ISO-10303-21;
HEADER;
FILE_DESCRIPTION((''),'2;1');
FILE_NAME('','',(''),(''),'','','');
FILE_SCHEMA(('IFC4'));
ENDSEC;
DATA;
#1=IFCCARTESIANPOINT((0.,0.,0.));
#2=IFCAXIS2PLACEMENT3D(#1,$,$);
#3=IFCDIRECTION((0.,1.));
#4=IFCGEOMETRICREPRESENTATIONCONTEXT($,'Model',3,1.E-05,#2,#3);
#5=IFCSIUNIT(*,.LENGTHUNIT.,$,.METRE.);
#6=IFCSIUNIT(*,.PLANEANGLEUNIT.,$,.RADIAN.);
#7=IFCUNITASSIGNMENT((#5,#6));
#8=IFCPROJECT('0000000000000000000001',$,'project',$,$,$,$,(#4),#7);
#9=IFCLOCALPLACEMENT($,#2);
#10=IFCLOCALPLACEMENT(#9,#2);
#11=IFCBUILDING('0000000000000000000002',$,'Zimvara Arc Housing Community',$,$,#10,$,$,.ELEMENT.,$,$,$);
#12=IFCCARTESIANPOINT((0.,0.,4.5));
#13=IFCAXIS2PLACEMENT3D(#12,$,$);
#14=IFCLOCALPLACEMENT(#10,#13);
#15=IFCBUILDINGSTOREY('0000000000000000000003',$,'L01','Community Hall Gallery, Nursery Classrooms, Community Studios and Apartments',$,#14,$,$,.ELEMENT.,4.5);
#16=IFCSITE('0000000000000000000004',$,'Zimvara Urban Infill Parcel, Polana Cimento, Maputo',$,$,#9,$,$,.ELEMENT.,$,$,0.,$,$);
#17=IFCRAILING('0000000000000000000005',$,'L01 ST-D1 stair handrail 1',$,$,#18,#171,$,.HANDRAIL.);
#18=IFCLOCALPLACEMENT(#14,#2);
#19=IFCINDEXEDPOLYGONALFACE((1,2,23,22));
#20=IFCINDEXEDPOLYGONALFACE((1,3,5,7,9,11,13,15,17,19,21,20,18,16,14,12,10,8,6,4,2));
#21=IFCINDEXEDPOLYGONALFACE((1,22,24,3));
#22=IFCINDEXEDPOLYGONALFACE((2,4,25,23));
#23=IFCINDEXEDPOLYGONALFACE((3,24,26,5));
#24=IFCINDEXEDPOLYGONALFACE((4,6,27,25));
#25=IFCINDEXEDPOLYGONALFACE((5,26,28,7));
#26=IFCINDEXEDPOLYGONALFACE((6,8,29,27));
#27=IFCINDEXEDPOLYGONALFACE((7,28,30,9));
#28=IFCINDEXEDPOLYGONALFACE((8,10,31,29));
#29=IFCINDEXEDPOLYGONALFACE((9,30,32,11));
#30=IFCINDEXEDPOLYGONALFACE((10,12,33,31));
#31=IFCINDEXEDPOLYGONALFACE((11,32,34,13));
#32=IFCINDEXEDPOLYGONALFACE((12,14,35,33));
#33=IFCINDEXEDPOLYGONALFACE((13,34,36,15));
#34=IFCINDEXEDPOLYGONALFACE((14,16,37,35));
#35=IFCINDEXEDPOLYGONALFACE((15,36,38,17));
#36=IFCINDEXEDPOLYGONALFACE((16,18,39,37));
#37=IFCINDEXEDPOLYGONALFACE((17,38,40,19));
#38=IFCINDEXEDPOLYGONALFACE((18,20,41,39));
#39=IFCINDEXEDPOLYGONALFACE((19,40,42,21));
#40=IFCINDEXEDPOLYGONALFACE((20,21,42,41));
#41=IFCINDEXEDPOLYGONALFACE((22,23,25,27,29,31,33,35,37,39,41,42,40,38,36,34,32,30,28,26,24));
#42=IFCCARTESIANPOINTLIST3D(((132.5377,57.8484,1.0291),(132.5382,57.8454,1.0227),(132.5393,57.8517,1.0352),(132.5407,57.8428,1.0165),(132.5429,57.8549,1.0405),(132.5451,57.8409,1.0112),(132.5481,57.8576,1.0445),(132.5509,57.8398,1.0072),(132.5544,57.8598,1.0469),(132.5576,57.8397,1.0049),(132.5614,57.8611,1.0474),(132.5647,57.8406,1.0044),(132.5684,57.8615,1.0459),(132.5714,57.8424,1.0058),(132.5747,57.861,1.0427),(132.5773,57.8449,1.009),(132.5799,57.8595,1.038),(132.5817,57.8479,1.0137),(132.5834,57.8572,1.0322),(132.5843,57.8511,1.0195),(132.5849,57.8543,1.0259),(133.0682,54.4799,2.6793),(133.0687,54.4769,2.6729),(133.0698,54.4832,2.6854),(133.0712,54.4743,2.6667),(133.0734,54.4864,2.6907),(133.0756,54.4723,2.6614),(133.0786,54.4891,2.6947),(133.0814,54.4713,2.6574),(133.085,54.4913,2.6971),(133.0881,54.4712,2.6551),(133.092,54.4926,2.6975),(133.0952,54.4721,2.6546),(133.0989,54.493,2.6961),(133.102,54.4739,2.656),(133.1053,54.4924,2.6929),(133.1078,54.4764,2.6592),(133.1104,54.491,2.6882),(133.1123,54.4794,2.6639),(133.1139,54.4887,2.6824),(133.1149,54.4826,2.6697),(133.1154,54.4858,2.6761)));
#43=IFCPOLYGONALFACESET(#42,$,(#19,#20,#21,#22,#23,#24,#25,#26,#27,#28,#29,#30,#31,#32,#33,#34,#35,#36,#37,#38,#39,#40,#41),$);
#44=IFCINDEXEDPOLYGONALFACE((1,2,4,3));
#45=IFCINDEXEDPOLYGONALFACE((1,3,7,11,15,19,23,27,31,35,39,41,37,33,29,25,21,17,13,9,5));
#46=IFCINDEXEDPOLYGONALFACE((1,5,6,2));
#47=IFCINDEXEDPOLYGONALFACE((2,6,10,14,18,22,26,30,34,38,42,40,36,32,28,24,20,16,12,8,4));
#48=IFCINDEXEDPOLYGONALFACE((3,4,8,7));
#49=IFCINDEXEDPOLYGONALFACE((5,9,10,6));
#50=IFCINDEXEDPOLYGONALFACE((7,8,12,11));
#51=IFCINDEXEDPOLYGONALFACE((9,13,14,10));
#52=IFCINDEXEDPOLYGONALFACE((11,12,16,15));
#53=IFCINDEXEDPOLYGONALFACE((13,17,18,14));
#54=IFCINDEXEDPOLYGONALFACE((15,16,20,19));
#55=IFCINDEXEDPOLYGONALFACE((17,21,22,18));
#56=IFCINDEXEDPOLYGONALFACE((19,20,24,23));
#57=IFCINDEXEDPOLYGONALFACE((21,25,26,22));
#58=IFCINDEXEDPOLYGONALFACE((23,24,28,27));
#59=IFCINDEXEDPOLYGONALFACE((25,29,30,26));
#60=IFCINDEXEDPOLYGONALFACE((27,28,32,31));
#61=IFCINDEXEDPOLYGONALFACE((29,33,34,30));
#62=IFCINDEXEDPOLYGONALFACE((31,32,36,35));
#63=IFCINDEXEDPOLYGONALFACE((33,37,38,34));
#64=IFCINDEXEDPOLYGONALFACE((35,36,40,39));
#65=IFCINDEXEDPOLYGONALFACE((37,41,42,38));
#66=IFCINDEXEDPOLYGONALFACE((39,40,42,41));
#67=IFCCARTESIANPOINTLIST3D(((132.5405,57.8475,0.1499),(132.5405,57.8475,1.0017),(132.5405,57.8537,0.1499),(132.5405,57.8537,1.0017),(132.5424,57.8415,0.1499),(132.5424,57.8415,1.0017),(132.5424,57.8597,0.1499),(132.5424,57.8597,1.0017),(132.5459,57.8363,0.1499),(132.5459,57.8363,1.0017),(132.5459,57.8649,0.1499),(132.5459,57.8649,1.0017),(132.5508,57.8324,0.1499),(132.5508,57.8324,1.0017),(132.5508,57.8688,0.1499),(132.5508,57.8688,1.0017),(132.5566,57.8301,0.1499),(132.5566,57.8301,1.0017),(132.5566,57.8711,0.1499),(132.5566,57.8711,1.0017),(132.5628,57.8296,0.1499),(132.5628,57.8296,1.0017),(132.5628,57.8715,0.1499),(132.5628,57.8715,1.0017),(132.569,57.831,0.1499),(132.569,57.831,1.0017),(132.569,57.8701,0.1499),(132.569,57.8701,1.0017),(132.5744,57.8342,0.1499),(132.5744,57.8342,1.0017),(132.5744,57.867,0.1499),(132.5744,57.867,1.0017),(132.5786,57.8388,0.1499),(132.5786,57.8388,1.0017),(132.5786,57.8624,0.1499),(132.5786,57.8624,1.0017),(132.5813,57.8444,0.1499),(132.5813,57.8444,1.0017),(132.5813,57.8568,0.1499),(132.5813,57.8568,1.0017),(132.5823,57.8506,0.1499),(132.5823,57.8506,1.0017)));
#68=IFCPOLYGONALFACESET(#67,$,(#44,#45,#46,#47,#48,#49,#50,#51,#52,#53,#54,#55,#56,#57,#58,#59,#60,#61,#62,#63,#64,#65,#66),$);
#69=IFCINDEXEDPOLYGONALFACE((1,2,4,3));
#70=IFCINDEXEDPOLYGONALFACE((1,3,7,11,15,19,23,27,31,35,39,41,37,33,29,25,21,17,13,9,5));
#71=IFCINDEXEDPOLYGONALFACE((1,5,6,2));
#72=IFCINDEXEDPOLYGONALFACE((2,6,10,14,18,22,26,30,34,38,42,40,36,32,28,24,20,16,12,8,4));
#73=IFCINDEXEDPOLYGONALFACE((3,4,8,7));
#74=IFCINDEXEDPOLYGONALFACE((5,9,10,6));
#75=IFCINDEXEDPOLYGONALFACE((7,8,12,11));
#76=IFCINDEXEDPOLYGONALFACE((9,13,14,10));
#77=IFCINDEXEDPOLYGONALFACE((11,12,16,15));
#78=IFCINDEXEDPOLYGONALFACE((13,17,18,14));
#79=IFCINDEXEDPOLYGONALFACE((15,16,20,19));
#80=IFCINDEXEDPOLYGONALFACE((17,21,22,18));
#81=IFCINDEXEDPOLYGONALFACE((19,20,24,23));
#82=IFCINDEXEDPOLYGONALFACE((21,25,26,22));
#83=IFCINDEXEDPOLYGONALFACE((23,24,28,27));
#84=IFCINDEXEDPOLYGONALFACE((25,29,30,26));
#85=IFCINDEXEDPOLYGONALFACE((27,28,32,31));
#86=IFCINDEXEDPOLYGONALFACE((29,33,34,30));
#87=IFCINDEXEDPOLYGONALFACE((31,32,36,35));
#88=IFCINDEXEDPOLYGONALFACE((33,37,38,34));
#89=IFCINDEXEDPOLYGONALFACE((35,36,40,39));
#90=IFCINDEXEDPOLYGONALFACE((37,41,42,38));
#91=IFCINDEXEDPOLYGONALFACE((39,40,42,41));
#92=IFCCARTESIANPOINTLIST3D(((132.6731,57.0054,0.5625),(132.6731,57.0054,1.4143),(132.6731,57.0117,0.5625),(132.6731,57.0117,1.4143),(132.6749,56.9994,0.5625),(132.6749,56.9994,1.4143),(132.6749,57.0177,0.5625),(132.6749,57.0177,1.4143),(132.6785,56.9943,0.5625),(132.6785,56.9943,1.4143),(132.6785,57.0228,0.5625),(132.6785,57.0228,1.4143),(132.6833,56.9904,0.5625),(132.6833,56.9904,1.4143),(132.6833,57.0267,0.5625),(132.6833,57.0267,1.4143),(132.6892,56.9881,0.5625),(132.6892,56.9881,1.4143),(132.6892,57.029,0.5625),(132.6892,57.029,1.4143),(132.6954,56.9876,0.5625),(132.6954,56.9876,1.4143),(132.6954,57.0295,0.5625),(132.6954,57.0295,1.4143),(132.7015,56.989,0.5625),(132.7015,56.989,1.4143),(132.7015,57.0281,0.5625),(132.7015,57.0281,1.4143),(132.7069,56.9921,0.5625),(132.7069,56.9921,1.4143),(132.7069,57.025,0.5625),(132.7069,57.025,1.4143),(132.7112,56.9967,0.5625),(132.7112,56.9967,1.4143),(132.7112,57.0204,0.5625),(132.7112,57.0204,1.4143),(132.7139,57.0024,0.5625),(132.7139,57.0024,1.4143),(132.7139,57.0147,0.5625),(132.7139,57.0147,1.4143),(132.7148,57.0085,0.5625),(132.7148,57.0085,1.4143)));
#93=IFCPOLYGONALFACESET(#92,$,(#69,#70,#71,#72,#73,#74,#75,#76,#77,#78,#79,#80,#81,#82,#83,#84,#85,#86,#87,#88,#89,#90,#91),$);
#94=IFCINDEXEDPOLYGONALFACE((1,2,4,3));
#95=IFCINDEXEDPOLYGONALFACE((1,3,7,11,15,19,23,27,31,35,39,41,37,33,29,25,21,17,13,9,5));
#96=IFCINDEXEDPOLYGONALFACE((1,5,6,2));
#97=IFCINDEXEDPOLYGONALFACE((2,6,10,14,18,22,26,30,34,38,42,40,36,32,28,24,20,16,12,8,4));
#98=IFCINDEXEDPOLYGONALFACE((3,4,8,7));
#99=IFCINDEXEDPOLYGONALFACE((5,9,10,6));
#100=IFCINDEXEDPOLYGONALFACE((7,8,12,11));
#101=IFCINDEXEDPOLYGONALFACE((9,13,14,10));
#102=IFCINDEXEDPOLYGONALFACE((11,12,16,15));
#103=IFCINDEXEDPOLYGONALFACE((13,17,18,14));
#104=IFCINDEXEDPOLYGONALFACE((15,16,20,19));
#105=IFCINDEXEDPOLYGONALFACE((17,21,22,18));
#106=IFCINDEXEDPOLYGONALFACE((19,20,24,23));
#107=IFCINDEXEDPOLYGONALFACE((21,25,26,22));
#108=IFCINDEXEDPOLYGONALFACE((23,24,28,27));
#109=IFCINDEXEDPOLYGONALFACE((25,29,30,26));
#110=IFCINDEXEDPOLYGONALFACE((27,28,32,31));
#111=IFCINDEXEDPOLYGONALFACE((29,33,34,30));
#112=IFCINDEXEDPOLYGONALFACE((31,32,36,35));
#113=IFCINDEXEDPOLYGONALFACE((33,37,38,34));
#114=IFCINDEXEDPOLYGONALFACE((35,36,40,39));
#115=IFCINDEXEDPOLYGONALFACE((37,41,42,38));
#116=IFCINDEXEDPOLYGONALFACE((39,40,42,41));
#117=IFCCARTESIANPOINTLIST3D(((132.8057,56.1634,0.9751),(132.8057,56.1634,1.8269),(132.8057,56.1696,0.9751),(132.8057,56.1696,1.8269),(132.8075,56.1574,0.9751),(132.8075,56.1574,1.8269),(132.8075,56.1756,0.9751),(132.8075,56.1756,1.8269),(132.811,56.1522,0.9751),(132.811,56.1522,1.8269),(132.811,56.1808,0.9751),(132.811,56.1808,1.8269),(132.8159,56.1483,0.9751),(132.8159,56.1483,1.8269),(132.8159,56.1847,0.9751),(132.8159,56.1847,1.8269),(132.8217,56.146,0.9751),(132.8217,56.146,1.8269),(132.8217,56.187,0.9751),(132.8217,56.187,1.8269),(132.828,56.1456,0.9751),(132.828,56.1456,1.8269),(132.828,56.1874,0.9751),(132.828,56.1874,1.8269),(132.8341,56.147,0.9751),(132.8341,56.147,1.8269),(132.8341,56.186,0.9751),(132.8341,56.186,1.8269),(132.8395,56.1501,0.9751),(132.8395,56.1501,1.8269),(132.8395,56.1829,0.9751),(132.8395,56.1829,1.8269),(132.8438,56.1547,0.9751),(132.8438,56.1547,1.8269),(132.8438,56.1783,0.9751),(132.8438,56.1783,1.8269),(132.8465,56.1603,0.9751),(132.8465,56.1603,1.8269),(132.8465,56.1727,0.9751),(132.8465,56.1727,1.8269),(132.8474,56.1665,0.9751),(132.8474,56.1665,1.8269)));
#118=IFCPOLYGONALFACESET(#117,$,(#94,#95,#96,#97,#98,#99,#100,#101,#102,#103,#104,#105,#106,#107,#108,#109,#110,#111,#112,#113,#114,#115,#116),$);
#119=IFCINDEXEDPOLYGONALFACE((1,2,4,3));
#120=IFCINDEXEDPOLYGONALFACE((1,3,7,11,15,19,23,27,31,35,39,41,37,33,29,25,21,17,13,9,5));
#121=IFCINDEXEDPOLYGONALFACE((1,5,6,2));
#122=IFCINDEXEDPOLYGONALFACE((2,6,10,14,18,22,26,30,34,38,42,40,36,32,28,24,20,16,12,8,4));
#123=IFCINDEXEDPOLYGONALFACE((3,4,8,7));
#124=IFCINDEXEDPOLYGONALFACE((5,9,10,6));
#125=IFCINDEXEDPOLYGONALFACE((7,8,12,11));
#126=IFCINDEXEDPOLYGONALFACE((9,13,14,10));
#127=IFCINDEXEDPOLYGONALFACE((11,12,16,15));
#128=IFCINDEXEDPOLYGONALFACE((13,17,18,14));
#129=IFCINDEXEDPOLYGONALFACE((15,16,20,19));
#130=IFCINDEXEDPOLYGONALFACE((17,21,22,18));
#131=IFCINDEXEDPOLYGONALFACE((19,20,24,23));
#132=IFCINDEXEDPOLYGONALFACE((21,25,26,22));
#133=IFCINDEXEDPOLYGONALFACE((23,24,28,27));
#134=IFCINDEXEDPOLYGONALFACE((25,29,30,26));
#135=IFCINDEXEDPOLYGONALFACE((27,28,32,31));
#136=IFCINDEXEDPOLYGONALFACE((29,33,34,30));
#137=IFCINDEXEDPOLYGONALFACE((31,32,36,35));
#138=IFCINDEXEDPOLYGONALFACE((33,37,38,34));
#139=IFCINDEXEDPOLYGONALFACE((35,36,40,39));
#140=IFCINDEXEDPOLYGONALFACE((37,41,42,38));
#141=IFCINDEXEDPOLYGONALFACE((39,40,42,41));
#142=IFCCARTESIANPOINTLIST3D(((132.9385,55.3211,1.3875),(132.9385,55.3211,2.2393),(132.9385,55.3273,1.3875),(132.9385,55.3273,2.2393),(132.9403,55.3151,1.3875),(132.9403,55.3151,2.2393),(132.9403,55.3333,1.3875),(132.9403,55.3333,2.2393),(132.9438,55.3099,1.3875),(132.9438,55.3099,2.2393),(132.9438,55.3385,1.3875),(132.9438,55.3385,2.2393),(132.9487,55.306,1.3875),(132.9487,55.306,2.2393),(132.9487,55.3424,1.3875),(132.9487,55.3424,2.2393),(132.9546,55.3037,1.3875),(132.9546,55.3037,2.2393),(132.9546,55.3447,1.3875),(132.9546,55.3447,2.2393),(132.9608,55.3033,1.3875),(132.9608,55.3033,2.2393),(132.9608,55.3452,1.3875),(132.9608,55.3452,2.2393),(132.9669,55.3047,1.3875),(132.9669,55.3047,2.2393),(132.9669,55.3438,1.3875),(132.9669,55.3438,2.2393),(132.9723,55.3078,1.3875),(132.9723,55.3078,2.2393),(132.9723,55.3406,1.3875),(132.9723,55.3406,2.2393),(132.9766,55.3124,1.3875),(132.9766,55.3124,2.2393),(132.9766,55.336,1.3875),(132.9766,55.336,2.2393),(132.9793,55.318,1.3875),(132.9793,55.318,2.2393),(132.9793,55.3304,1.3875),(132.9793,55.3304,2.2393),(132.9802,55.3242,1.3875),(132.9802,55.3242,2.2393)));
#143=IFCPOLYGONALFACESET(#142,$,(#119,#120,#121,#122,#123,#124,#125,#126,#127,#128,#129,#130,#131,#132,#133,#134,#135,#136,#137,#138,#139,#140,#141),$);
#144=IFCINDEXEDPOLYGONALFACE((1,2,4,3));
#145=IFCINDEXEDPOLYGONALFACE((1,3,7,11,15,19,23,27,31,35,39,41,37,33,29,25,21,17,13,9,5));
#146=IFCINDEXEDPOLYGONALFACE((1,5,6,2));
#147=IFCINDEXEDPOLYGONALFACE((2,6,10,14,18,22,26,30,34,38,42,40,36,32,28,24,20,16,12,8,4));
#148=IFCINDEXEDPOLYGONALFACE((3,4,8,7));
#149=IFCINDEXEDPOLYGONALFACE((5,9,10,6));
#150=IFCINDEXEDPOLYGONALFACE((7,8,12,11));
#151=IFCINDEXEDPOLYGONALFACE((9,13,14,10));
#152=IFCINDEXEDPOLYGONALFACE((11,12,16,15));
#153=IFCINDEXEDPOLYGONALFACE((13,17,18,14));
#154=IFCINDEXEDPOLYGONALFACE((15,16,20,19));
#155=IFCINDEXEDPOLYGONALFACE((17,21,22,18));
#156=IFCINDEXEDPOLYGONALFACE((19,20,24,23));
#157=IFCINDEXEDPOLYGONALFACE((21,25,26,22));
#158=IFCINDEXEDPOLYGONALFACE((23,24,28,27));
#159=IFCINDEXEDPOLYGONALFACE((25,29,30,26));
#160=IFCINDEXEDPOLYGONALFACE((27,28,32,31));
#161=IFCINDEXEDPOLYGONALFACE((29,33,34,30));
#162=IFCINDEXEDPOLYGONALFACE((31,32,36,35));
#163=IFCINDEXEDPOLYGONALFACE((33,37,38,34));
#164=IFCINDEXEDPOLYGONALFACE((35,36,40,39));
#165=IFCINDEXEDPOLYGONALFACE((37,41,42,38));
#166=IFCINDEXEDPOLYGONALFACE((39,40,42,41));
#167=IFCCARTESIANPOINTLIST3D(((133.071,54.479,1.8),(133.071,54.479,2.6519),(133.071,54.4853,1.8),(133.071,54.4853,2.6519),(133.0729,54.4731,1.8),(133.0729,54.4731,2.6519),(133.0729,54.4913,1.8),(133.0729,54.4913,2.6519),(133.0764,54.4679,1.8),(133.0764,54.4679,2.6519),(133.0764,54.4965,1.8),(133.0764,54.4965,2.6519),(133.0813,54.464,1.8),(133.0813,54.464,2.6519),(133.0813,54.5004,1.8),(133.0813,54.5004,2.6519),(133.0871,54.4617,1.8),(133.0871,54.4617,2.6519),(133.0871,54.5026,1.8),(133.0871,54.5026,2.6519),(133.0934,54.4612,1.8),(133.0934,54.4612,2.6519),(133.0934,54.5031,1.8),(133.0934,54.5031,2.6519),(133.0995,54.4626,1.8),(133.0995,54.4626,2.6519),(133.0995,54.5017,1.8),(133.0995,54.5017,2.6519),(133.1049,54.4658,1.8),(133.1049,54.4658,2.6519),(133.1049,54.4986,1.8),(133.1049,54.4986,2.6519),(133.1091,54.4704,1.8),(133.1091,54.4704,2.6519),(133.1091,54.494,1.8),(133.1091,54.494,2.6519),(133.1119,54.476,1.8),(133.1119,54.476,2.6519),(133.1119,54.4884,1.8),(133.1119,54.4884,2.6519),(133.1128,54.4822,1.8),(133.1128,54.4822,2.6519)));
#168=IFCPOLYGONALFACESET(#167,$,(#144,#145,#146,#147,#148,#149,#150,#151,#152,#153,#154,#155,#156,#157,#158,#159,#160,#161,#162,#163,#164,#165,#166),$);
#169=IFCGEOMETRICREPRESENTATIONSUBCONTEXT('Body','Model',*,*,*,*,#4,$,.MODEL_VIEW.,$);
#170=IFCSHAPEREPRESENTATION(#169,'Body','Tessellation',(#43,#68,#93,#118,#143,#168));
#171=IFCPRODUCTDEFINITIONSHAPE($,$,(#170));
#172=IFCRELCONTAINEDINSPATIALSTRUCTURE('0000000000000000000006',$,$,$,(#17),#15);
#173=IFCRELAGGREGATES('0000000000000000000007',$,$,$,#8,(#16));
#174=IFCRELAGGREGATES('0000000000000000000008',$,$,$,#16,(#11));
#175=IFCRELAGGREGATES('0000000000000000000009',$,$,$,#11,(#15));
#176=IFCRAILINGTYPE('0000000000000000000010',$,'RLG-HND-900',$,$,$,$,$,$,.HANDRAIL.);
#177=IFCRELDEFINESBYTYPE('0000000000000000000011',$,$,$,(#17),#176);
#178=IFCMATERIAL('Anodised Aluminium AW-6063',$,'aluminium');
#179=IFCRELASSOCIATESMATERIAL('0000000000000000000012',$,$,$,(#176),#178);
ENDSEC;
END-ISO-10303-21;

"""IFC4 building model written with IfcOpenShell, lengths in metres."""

from ifc_helpers import new_model, si_unit, direction, frame, origin, origin_2d, place, context, subcontext, project, spatial, circle, extrude, material, type_object, element, save


model = new_model("IFC4")

# Units and contexts
model_context = context("Model", 3, precision=1e-05, world=origin(), true_north=direction((0.0, 1.0)))
body_context = subcontext(model_context, "Body", "Model", "MODEL_VIEW")
ifc_project = project(units=[si_unit("LENGTHUNIT", "METRE"), si_unit("PLANEANGLEUNIT", "RADIAN")], contexts=[model_context])

# Site, building, storey
site_placement = place(None, origin())
site = spatial("IfcSite", under=ifc_project, at=site_placement, Name="Zimvara Urban Infill Parcel, Polana Cimento, Maputo", CompositionType="ELEMENT", RefElevation=0.0)
building_placement = place(site_placement, origin())
building = spatial("IfcBuilding", under=site, at=building_placement, Name="Zimvara Arc Housing Community", CompositionType="ELEMENT")
storey_placement = place(building_placement, frame((0.0, 0.0, 4.5)))
storey = spatial("IfcBuildingStorey", under=building, at=storey_placement, Name="L01", Description="Community Hall Gallery, Nursery Classrooms, Community Studios and Apartments", CompositionType="ELEMENT", Elevation=4.5)

# Railing
ifc_material_1 = material(Name="Anodised Aluminium AW-6063", Category="aluminium")
railing_type_1 = type_object("IfcRailingType", Name="RLG-HND-900", PredefinedType="HANDRAIL", material=ifc_material_1)
railing_1_placement = place(storey_placement, frame((132.5613, 57.8506, 0.1499)))
element("IfcRailing", 1, at=railing_1_placement, inside=storey, type_object=railing_type_1, Name="L01 ST-D1 stair handrail 1", PredefinedType="HANDRAIL", context=body_context, shape_type="SweptSolid", body=[
    extrude(circle(Radius=0.0239, at=origin_2d()), frame((0.0, 0.0, 0.876), z_axis=(0.140044, -0.88918, 0.4356), x_axis=(0.987823, 0.15558, 0.0)), (0.0, 0.0, 1.0), 3.7883),
    extrude(circle(Radius=0.021, at=origin_2d()), origin(), (0.0, 0.0, 1.0), 0.8518),
    extrude(circle(Radius=0.021, at=origin_2d()), frame((0.1326, -0.842, 0.4126)), (0.0, 0.0, 1.0), 0.8518),
    extrude(circle(Radius=0.021, at=origin_2d()), frame((0.2651, -1.6841, 0.8252)), (0.0, 0.0, 1.0), 0.8518),
    extrude(circle(Radius=0.021, at=origin_2d()), frame((0.3979, -2.5264, 1.2375)), (0.0, 0.0, 1.0), 0.8518),
    extrude(circle(Radius=0.021, at=origin_2d()), frame((0.5305, -3.3684, 1.6501)), (0.0, 0.0, 1.0), 0.8518),
])

save(model, "model.ifc")
